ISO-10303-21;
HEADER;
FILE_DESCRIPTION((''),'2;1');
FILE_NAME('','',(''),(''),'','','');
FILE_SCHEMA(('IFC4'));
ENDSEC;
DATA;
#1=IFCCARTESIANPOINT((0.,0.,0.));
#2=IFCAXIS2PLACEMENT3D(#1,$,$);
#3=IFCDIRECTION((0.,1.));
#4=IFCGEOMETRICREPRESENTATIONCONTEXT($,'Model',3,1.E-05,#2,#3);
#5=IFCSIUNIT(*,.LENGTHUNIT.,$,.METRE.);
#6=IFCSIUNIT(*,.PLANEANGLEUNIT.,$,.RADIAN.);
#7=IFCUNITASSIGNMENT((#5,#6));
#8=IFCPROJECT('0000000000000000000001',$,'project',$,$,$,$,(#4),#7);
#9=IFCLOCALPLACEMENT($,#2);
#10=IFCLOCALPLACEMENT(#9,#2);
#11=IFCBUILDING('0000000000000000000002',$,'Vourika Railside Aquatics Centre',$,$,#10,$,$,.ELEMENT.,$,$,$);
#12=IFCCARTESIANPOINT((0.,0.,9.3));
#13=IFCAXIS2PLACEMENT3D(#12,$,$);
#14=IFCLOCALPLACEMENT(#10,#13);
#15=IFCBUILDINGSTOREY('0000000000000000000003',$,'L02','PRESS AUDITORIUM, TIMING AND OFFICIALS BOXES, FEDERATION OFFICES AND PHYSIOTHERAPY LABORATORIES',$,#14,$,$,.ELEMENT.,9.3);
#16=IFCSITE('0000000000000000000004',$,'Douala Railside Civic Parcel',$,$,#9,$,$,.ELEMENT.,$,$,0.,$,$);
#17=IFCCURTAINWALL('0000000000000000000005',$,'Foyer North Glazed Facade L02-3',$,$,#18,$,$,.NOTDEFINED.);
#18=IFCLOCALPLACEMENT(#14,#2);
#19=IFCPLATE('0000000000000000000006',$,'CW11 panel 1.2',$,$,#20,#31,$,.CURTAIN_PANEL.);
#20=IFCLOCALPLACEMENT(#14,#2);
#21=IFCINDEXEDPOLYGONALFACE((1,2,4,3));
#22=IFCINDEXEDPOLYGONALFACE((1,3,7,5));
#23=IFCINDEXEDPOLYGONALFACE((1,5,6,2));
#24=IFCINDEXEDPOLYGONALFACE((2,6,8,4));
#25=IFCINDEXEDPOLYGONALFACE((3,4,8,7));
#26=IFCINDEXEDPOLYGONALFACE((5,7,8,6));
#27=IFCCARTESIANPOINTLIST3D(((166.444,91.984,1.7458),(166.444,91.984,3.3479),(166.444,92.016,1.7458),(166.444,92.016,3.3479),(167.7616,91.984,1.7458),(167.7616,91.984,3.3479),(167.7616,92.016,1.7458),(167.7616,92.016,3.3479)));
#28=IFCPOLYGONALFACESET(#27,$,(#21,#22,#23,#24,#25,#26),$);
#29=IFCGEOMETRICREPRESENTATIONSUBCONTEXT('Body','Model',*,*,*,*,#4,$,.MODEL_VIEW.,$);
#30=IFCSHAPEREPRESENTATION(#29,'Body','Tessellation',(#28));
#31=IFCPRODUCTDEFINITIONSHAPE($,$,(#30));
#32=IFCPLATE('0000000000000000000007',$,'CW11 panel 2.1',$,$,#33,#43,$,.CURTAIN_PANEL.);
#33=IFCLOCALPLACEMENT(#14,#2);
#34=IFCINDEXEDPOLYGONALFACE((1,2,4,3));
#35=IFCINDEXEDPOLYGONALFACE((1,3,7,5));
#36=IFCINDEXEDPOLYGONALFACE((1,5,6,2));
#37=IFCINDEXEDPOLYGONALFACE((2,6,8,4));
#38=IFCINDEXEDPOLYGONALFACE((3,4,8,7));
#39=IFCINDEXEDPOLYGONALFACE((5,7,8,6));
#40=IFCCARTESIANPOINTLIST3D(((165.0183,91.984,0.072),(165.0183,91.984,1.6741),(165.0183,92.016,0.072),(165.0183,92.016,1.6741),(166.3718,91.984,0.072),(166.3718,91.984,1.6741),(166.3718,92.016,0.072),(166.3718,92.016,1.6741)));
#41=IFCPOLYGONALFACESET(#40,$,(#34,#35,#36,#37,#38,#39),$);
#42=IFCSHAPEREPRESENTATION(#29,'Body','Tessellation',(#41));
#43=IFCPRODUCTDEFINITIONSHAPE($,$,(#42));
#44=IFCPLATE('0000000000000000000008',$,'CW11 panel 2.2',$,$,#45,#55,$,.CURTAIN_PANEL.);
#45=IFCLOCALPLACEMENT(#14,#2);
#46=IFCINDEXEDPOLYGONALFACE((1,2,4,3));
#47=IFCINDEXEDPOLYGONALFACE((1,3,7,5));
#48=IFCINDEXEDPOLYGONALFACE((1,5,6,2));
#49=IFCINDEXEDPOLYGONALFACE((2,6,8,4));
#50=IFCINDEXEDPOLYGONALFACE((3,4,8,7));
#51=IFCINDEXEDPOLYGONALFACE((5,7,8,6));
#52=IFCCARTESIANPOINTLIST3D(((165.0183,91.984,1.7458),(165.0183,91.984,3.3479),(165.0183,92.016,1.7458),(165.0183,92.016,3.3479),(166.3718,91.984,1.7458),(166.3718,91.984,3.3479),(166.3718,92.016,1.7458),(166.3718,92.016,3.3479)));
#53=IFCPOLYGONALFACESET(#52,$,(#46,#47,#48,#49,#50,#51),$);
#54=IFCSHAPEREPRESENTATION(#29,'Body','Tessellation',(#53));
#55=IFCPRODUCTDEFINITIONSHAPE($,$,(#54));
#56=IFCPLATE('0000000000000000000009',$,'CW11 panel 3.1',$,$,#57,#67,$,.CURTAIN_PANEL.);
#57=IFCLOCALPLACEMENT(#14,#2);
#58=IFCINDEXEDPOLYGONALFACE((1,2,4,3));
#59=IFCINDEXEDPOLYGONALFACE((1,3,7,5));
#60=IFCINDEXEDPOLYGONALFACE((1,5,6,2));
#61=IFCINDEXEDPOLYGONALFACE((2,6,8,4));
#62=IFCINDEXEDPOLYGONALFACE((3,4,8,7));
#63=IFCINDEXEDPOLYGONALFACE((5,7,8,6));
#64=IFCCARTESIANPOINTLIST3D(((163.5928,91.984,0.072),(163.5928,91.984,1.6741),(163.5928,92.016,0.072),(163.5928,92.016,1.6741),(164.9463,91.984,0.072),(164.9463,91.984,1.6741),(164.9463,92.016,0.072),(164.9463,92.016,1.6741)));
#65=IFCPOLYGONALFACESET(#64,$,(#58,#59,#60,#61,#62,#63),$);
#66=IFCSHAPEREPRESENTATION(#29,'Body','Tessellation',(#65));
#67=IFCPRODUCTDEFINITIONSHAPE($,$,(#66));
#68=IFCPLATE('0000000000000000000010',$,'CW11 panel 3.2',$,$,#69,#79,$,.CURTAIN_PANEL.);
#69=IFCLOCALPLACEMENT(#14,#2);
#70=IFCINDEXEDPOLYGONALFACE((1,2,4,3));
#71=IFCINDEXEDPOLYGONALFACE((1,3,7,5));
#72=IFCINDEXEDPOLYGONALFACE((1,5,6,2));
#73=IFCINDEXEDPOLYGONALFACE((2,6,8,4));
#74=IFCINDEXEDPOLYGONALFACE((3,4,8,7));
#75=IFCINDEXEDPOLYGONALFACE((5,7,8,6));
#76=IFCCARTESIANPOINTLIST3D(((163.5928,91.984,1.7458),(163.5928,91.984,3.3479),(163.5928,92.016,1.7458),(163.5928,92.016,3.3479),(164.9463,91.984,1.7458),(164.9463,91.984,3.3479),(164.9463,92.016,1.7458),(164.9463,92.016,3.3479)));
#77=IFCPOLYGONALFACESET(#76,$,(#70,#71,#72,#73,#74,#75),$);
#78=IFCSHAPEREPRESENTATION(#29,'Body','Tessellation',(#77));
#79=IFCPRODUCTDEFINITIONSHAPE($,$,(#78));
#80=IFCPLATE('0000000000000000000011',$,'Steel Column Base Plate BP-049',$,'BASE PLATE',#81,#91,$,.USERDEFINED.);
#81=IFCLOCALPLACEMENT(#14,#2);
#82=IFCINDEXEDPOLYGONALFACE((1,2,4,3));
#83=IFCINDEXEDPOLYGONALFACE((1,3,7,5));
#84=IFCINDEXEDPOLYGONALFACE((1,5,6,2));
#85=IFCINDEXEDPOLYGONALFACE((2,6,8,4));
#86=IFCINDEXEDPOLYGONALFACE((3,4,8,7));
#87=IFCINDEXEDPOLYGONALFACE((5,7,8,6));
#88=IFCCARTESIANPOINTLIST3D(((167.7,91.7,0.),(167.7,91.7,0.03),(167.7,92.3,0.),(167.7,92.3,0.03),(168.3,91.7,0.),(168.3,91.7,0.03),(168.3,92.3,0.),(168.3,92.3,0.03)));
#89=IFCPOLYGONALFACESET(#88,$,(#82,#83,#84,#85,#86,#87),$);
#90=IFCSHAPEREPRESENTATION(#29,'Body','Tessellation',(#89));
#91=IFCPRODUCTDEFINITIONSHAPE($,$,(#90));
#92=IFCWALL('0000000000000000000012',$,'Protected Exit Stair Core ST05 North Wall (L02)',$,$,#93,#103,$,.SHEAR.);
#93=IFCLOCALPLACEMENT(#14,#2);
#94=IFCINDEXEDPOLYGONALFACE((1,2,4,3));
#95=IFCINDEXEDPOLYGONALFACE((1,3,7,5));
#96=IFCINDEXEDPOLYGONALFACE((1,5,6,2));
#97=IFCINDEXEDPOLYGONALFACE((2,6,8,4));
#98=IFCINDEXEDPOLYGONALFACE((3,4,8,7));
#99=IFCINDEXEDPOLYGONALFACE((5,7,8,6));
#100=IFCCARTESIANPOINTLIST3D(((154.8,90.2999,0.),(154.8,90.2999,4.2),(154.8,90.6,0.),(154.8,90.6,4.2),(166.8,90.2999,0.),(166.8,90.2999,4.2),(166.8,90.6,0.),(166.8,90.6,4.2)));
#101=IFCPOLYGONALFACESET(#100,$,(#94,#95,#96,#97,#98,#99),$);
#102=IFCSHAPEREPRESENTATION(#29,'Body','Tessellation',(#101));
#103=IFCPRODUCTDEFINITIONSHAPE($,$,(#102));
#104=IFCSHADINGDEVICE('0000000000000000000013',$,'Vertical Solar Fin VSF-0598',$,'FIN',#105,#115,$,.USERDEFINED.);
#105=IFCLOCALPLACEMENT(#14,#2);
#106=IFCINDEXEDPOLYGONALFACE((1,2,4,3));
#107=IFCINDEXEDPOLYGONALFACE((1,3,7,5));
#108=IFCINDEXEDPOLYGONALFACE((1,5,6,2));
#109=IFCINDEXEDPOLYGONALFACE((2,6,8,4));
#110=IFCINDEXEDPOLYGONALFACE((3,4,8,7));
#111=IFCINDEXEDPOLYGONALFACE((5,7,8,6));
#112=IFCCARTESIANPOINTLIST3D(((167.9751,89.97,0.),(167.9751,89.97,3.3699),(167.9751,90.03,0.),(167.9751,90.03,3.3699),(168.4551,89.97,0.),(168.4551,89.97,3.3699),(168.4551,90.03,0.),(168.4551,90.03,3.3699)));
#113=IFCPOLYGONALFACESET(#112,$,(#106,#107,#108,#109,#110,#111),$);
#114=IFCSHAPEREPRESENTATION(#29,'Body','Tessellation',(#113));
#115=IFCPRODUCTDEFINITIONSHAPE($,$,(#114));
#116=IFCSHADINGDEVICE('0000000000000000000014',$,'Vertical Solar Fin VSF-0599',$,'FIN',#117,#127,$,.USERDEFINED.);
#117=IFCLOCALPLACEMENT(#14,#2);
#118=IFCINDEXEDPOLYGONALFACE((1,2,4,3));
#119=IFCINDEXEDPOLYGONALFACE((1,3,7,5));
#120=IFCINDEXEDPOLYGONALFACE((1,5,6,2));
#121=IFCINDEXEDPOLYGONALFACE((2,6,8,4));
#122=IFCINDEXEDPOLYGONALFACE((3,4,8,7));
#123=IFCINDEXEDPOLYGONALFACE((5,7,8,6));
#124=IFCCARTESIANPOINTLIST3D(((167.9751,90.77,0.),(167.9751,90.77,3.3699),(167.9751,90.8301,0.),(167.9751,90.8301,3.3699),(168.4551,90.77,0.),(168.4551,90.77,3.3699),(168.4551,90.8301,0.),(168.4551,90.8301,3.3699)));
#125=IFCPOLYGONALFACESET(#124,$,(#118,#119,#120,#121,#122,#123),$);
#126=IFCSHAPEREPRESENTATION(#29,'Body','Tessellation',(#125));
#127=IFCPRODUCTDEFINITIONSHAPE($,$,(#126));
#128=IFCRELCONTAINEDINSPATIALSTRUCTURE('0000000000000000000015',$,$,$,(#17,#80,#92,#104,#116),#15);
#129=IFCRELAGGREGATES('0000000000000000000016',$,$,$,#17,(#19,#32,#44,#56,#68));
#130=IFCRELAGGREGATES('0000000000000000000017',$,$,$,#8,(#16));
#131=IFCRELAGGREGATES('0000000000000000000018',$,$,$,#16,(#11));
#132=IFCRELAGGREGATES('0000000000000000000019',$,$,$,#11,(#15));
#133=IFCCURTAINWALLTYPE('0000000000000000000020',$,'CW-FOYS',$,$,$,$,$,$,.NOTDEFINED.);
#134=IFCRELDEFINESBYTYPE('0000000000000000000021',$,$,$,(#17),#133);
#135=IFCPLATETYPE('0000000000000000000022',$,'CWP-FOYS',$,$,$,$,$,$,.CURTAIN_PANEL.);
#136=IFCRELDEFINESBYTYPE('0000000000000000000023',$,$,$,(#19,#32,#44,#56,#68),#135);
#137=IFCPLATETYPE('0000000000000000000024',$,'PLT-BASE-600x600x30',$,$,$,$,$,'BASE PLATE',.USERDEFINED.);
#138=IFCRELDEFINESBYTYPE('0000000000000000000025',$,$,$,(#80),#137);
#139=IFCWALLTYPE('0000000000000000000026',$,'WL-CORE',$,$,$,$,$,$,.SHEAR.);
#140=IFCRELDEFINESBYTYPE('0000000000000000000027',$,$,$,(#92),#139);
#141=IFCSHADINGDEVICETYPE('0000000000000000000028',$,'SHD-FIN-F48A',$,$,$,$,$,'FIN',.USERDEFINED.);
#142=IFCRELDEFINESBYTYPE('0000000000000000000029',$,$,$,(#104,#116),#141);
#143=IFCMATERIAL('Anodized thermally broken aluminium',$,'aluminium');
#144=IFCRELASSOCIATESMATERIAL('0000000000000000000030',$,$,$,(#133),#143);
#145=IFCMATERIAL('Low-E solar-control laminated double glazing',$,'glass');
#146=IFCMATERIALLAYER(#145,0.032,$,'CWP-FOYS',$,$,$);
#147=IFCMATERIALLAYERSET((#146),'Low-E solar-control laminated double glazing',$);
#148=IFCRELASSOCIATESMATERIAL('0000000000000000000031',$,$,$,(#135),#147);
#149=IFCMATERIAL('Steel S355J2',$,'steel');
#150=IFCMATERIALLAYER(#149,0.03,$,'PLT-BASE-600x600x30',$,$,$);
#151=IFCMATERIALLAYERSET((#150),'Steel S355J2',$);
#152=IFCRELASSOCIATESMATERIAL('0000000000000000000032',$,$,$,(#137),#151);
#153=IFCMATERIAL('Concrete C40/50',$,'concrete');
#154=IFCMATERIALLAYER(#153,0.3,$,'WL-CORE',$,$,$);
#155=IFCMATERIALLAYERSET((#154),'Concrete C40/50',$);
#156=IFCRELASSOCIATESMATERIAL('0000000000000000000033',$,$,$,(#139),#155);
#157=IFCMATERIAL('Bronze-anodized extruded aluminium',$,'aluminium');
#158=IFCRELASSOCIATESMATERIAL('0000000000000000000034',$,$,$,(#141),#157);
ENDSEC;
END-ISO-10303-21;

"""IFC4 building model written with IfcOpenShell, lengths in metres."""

from ifc_helpers import new_model, si_unit, direction, frame, frame_2d, origin, origin_2d, place, context, subcontext, project, spatial, rectangle, extrude, material, layer, layer_set, material_profile, profile_set, type_object, element, aggregate, save


model = new_model("IFC4")

# Units and contexts
model_context = context("Model", 3, precision=1e-05, world=origin(), true_north=direction((0.0, 1.0)))
body_context = subcontext(model_context, "Body", "Model", "MODEL_VIEW")
ifc_project = project(units=[si_unit("LENGTHUNIT", "METRE"), si_unit("PLANEANGLEUNIT", "RADIAN")], contexts=[model_context])

# Site, building, storey
site_placement = place(None, origin())
site = spatial("IfcSite", under=ifc_project, at=site_placement, Name="Douala Railside Civic Parcel", CompositionType="ELEMENT", RefElevation=0.0)
building_placement = place(site_placement, origin())
building = spatial("IfcBuilding", under=site, at=building_placement, Name="Vourika Railside Aquatics Centre", CompositionType="ELEMENT")
storey_placement = place(building_placement, frame((0.0, 0.0, 9.3)))
storey = spatial("IfcBuildingStorey", under=building, at=storey_placement, Name="L02", Description="PRESS AUDITORIUM, TIMING AND OFFICIALS BOXES, FEDERATION OFFICES AND PHYSIOTHERAPY LABORATORIES", CompositionType="ELEMENT", Elevation=9.3)

# Shared definitions
ifc_material_1 = material(Name="Steel S355J2", Category="steel")

# Curtain wall
ifc_material_2 = material(Name="Anodized thermally broken aluminium", Category="aluminium")
curtain_wall_type_1 = type_object("IfcCurtainWallType", Name="CW-FOYS", PredefinedType="NOTDEFINED", material=ifc_material_2)
curtain_wall_1_placement = place(storey_placement, origin())
curtain_wall_1 = element("IfcCurtainWall", 1, at=curtain_wall_1_placement, inside=storey, type_object=curtain_wall_type_1, Name="Foyer North Glazed Facade L02-3", PredefinedType="NOTDEFINED")

# Plates
ifc_material_3 = material(Name="Low-E solar-control laminated double glazing", Category="glass")
ifc_layer_1 = layer(ifc_material_3, 0.032, Name="CWP-FOYS")
ifc_layer_set_1 = layer_set([ifc_layer_1], Name="Low-E solar-control laminated double glazing")
plate_type_1 = type_object("IfcPlateType", Name="CWP-FOYS", PredefinedType="CURTAIN_PANEL", material=ifc_layer_set_1)
plate_1_placement = place(storey_placement, frame((167.1028, 92.0, 1.7458), z_axis=(0.0, 0.0, 1.0), x_axis=(-1.0, 0.0, 0.0)))
plate_1 = element("IfcPlate", 2, at=plate_1_placement, type_object=plate_type_1, Name="CW11 panel 1.2", PredefinedType="CURTAIN_PANEL", context=body_context, shape_type="SweptSolid", body=[
    extrude(rectangle(XDim=1.3176, YDim=0.032, at=origin_2d()), origin(), (0.0, 0.0, 1.0), 1.6021),
])
plate_2_placement = place(storey_placement, frame((165.6951, 92.0, 0.072), z_axis=(0.0, 0.0, 1.0), x_axis=(-1.0, 0.0, 0.0)))
plate_2 = element("IfcPlate", 3, at=plate_2_placement, type_object=plate_type_1, Name="CW11 panel 2.1", PredefinedType="CURTAIN_PANEL", context=body_context, shape_type="SweptSolid", body=[
    extrude(rectangle(XDim=1.3535, YDim=0.032, at=origin_2d()), origin(), (0.0, 0.0, 1.0), 1.6021),
])
plate_3_placement = place(storey_placement, frame((165.6951, 92.0, 1.7458), z_axis=(0.0, 0.0, 1.0), x_axis=(-1.0, 0.0, 0.0)))
plate_3 = element("IfcPlate", 4, at=plate_3_placement, type_object=plate_type_1, Name="CW11 panel 2.2", PredefinedType="CURTAIN_PANEL", context=body_context, shape_type="SweptSolid", body=[
    extrude(rectangle(XDim=1.3535, YDim=0.032, at=origin_2d()), origin(), (0.0, 0.0, 1.0), 1.6021),
])
plate_4_placement = place(storey_placement, frame((164.2695, 92.0, 0.072), z_axis=(0.0, 0.0, 1.0), x_axis=(-1.0, 0.0, 0.0)))
plate_4 = element("IfcPlate", 5, at=plate_4_placement, type_object=plate_type_1, Name="CW11 panel 3.1", PredefinedType="CURTAIN_PANEL", context=body_context, shape_type="SweptSolid", body=[
    extrude(rectangle(XDim=1.3535, YDim=0.032, at=origin_2d()), origin(), (0.0, 0.0, 1.0), 1.6021),
])
plate_5_placement = place(storey_placement, frame((164.2695, 92.0, 1.7458), z_axis=(0.0, 0.0, 1.0), x_axis=(-1.0, 0.0, 0.0)))
plate_5 = element("IfcPlate", 6, at=plate_5_placement, type_object=plate_type_1, Name="CW11 panel 3.2", PredefinedType="CURTAIN_PANEL", context=body_context, shape_type="SweptSolid", body=[
    extrude(rectangle(XDim=1.3535, YDim=0.032, at=origin_2d()), origin(), (0.0, 0.0, 1.0), 1.6021),
])
aggregate(curtain_wall_1, [plate_1, plate_2, plate_3, plate_4, plate_5])
ifc_layer_2 = layer(ifc_material_1, 0.03, Name="PLT-BASE-600x600x30")
ifc_layer_set_2 = layer_set([ifc_layer_2], Name="Steel S355J2")
plate_type_2 = type_object("IfcPlateType", Name="PLT-BASE-600x600x30", ElementType="BASE PLATE", PredefinedType="USERDEFINED", material=ifc_layer_set_2)
plate_6_placement = place(storey_placement, frame((168.0, 92.0, 0.0), z_axis=(0.0, 0.0, 1.0), x_axis=(1.0, 0.0, 0.0)))
element("IfcPlate", 7, at=plate_6_placement, inside=storey, type_object=plate_type_2, Name="Steel Column Base Plate BP-049", ObjectType="BASE PLATE", PredefinedType="USERDEFINED", context=body_context, shape_type="SweptSolid", body=[
    extrude(rectangle(XDim=0.6001, YDim=0.6001, at=origin_2d()), origin(), (0.0, 0.0, 1.0), 0.03),
])

# Wall
ifc_material_4 = material(Name="Concrete C40/50", Category="concrete")
ifc_layer_3 = layer(ifc_material_4, 0.3, Name="WL-CORE")
ifc_layer_set_3 = layer_set([ifc_layer_3], Name="Concrete C40/50")
wall_type = type_object("IfcWallType", Name="WL-CORE", PredefinedType="SHEAR", material=ifc_layer_set_3)
wall_placement = place(storey_placement, frame((166.8, 90.45, 0.0), z_axis=(0.0, 0.0, 1.0), x_axis=(-1.0, 0.0, 0.0)))
element("IfcWall", 8, at=wall_placement, inside=storey, type_object=wall_type, Name="Protected Exit Stair Core ST05 North Wall (L02)", PredefinedType="SHEAR", context=body_context, shape_type="SweptSolid", body=[
    extrude(rectangle(XDim=12.0, YDim=0.3, at=frame_2d((6.0, 0.0))), origin(), (0.0, 0.0, 1.0), 4.2),
])

# Shading devices
ifc_material_5 = material(Name="Bronze-anodized extruded aluminium", Category="aluminium")
ifc_material_profile_1 = material_profile(ifc_material_5, rectangle(XDim=0.0601, YDim=0.48, at=origin_2d()), Name="ALU-FIN 60x480")
ifc_profile_set_1 = profile_set([ifc_material_profile_1], Name="Bronze-anodized extruded aluminium")
shading_device_type = type_object("IfcShadingDeviceType", Name="SHD-FIN-F48A", ElementType="FIN", PredefinedType="USERDEFINED", material=ifc_profile_set_1)
for number, where, z_axis, x_axis, name in (
    (9, (168.2151, 90.0, 0.0), (0.0, 0.0, 1.0), (0.0, -1.0, 0.0), "Vertical Solar Fin VSF-0598"),
    (10, (168.2151, 90.8, 0.0), (0.0, 0.0, 1.0), (0.0, -1.0, 0.0), "Vertical Solar Fin VSF-0599"),
):
    element("IfcShadingDevice", number, at=place(storey_placement, frame(where, z_axis=z_axis, x_axis=x_axis)), inside=storey, type_object=shading_device_type, Name=name, ObjectType="FIN", PredefinedType="USERDEFINED", context=body_context, shape_type="SweptSolid", body=[
        extrude(rectangle(XDim=0.0601, YDim=0.48, at=origin_2d()), origin(), (0.0, 0.0, 1.0), 3.3699),
    ])

save(model, "model.ifc")
